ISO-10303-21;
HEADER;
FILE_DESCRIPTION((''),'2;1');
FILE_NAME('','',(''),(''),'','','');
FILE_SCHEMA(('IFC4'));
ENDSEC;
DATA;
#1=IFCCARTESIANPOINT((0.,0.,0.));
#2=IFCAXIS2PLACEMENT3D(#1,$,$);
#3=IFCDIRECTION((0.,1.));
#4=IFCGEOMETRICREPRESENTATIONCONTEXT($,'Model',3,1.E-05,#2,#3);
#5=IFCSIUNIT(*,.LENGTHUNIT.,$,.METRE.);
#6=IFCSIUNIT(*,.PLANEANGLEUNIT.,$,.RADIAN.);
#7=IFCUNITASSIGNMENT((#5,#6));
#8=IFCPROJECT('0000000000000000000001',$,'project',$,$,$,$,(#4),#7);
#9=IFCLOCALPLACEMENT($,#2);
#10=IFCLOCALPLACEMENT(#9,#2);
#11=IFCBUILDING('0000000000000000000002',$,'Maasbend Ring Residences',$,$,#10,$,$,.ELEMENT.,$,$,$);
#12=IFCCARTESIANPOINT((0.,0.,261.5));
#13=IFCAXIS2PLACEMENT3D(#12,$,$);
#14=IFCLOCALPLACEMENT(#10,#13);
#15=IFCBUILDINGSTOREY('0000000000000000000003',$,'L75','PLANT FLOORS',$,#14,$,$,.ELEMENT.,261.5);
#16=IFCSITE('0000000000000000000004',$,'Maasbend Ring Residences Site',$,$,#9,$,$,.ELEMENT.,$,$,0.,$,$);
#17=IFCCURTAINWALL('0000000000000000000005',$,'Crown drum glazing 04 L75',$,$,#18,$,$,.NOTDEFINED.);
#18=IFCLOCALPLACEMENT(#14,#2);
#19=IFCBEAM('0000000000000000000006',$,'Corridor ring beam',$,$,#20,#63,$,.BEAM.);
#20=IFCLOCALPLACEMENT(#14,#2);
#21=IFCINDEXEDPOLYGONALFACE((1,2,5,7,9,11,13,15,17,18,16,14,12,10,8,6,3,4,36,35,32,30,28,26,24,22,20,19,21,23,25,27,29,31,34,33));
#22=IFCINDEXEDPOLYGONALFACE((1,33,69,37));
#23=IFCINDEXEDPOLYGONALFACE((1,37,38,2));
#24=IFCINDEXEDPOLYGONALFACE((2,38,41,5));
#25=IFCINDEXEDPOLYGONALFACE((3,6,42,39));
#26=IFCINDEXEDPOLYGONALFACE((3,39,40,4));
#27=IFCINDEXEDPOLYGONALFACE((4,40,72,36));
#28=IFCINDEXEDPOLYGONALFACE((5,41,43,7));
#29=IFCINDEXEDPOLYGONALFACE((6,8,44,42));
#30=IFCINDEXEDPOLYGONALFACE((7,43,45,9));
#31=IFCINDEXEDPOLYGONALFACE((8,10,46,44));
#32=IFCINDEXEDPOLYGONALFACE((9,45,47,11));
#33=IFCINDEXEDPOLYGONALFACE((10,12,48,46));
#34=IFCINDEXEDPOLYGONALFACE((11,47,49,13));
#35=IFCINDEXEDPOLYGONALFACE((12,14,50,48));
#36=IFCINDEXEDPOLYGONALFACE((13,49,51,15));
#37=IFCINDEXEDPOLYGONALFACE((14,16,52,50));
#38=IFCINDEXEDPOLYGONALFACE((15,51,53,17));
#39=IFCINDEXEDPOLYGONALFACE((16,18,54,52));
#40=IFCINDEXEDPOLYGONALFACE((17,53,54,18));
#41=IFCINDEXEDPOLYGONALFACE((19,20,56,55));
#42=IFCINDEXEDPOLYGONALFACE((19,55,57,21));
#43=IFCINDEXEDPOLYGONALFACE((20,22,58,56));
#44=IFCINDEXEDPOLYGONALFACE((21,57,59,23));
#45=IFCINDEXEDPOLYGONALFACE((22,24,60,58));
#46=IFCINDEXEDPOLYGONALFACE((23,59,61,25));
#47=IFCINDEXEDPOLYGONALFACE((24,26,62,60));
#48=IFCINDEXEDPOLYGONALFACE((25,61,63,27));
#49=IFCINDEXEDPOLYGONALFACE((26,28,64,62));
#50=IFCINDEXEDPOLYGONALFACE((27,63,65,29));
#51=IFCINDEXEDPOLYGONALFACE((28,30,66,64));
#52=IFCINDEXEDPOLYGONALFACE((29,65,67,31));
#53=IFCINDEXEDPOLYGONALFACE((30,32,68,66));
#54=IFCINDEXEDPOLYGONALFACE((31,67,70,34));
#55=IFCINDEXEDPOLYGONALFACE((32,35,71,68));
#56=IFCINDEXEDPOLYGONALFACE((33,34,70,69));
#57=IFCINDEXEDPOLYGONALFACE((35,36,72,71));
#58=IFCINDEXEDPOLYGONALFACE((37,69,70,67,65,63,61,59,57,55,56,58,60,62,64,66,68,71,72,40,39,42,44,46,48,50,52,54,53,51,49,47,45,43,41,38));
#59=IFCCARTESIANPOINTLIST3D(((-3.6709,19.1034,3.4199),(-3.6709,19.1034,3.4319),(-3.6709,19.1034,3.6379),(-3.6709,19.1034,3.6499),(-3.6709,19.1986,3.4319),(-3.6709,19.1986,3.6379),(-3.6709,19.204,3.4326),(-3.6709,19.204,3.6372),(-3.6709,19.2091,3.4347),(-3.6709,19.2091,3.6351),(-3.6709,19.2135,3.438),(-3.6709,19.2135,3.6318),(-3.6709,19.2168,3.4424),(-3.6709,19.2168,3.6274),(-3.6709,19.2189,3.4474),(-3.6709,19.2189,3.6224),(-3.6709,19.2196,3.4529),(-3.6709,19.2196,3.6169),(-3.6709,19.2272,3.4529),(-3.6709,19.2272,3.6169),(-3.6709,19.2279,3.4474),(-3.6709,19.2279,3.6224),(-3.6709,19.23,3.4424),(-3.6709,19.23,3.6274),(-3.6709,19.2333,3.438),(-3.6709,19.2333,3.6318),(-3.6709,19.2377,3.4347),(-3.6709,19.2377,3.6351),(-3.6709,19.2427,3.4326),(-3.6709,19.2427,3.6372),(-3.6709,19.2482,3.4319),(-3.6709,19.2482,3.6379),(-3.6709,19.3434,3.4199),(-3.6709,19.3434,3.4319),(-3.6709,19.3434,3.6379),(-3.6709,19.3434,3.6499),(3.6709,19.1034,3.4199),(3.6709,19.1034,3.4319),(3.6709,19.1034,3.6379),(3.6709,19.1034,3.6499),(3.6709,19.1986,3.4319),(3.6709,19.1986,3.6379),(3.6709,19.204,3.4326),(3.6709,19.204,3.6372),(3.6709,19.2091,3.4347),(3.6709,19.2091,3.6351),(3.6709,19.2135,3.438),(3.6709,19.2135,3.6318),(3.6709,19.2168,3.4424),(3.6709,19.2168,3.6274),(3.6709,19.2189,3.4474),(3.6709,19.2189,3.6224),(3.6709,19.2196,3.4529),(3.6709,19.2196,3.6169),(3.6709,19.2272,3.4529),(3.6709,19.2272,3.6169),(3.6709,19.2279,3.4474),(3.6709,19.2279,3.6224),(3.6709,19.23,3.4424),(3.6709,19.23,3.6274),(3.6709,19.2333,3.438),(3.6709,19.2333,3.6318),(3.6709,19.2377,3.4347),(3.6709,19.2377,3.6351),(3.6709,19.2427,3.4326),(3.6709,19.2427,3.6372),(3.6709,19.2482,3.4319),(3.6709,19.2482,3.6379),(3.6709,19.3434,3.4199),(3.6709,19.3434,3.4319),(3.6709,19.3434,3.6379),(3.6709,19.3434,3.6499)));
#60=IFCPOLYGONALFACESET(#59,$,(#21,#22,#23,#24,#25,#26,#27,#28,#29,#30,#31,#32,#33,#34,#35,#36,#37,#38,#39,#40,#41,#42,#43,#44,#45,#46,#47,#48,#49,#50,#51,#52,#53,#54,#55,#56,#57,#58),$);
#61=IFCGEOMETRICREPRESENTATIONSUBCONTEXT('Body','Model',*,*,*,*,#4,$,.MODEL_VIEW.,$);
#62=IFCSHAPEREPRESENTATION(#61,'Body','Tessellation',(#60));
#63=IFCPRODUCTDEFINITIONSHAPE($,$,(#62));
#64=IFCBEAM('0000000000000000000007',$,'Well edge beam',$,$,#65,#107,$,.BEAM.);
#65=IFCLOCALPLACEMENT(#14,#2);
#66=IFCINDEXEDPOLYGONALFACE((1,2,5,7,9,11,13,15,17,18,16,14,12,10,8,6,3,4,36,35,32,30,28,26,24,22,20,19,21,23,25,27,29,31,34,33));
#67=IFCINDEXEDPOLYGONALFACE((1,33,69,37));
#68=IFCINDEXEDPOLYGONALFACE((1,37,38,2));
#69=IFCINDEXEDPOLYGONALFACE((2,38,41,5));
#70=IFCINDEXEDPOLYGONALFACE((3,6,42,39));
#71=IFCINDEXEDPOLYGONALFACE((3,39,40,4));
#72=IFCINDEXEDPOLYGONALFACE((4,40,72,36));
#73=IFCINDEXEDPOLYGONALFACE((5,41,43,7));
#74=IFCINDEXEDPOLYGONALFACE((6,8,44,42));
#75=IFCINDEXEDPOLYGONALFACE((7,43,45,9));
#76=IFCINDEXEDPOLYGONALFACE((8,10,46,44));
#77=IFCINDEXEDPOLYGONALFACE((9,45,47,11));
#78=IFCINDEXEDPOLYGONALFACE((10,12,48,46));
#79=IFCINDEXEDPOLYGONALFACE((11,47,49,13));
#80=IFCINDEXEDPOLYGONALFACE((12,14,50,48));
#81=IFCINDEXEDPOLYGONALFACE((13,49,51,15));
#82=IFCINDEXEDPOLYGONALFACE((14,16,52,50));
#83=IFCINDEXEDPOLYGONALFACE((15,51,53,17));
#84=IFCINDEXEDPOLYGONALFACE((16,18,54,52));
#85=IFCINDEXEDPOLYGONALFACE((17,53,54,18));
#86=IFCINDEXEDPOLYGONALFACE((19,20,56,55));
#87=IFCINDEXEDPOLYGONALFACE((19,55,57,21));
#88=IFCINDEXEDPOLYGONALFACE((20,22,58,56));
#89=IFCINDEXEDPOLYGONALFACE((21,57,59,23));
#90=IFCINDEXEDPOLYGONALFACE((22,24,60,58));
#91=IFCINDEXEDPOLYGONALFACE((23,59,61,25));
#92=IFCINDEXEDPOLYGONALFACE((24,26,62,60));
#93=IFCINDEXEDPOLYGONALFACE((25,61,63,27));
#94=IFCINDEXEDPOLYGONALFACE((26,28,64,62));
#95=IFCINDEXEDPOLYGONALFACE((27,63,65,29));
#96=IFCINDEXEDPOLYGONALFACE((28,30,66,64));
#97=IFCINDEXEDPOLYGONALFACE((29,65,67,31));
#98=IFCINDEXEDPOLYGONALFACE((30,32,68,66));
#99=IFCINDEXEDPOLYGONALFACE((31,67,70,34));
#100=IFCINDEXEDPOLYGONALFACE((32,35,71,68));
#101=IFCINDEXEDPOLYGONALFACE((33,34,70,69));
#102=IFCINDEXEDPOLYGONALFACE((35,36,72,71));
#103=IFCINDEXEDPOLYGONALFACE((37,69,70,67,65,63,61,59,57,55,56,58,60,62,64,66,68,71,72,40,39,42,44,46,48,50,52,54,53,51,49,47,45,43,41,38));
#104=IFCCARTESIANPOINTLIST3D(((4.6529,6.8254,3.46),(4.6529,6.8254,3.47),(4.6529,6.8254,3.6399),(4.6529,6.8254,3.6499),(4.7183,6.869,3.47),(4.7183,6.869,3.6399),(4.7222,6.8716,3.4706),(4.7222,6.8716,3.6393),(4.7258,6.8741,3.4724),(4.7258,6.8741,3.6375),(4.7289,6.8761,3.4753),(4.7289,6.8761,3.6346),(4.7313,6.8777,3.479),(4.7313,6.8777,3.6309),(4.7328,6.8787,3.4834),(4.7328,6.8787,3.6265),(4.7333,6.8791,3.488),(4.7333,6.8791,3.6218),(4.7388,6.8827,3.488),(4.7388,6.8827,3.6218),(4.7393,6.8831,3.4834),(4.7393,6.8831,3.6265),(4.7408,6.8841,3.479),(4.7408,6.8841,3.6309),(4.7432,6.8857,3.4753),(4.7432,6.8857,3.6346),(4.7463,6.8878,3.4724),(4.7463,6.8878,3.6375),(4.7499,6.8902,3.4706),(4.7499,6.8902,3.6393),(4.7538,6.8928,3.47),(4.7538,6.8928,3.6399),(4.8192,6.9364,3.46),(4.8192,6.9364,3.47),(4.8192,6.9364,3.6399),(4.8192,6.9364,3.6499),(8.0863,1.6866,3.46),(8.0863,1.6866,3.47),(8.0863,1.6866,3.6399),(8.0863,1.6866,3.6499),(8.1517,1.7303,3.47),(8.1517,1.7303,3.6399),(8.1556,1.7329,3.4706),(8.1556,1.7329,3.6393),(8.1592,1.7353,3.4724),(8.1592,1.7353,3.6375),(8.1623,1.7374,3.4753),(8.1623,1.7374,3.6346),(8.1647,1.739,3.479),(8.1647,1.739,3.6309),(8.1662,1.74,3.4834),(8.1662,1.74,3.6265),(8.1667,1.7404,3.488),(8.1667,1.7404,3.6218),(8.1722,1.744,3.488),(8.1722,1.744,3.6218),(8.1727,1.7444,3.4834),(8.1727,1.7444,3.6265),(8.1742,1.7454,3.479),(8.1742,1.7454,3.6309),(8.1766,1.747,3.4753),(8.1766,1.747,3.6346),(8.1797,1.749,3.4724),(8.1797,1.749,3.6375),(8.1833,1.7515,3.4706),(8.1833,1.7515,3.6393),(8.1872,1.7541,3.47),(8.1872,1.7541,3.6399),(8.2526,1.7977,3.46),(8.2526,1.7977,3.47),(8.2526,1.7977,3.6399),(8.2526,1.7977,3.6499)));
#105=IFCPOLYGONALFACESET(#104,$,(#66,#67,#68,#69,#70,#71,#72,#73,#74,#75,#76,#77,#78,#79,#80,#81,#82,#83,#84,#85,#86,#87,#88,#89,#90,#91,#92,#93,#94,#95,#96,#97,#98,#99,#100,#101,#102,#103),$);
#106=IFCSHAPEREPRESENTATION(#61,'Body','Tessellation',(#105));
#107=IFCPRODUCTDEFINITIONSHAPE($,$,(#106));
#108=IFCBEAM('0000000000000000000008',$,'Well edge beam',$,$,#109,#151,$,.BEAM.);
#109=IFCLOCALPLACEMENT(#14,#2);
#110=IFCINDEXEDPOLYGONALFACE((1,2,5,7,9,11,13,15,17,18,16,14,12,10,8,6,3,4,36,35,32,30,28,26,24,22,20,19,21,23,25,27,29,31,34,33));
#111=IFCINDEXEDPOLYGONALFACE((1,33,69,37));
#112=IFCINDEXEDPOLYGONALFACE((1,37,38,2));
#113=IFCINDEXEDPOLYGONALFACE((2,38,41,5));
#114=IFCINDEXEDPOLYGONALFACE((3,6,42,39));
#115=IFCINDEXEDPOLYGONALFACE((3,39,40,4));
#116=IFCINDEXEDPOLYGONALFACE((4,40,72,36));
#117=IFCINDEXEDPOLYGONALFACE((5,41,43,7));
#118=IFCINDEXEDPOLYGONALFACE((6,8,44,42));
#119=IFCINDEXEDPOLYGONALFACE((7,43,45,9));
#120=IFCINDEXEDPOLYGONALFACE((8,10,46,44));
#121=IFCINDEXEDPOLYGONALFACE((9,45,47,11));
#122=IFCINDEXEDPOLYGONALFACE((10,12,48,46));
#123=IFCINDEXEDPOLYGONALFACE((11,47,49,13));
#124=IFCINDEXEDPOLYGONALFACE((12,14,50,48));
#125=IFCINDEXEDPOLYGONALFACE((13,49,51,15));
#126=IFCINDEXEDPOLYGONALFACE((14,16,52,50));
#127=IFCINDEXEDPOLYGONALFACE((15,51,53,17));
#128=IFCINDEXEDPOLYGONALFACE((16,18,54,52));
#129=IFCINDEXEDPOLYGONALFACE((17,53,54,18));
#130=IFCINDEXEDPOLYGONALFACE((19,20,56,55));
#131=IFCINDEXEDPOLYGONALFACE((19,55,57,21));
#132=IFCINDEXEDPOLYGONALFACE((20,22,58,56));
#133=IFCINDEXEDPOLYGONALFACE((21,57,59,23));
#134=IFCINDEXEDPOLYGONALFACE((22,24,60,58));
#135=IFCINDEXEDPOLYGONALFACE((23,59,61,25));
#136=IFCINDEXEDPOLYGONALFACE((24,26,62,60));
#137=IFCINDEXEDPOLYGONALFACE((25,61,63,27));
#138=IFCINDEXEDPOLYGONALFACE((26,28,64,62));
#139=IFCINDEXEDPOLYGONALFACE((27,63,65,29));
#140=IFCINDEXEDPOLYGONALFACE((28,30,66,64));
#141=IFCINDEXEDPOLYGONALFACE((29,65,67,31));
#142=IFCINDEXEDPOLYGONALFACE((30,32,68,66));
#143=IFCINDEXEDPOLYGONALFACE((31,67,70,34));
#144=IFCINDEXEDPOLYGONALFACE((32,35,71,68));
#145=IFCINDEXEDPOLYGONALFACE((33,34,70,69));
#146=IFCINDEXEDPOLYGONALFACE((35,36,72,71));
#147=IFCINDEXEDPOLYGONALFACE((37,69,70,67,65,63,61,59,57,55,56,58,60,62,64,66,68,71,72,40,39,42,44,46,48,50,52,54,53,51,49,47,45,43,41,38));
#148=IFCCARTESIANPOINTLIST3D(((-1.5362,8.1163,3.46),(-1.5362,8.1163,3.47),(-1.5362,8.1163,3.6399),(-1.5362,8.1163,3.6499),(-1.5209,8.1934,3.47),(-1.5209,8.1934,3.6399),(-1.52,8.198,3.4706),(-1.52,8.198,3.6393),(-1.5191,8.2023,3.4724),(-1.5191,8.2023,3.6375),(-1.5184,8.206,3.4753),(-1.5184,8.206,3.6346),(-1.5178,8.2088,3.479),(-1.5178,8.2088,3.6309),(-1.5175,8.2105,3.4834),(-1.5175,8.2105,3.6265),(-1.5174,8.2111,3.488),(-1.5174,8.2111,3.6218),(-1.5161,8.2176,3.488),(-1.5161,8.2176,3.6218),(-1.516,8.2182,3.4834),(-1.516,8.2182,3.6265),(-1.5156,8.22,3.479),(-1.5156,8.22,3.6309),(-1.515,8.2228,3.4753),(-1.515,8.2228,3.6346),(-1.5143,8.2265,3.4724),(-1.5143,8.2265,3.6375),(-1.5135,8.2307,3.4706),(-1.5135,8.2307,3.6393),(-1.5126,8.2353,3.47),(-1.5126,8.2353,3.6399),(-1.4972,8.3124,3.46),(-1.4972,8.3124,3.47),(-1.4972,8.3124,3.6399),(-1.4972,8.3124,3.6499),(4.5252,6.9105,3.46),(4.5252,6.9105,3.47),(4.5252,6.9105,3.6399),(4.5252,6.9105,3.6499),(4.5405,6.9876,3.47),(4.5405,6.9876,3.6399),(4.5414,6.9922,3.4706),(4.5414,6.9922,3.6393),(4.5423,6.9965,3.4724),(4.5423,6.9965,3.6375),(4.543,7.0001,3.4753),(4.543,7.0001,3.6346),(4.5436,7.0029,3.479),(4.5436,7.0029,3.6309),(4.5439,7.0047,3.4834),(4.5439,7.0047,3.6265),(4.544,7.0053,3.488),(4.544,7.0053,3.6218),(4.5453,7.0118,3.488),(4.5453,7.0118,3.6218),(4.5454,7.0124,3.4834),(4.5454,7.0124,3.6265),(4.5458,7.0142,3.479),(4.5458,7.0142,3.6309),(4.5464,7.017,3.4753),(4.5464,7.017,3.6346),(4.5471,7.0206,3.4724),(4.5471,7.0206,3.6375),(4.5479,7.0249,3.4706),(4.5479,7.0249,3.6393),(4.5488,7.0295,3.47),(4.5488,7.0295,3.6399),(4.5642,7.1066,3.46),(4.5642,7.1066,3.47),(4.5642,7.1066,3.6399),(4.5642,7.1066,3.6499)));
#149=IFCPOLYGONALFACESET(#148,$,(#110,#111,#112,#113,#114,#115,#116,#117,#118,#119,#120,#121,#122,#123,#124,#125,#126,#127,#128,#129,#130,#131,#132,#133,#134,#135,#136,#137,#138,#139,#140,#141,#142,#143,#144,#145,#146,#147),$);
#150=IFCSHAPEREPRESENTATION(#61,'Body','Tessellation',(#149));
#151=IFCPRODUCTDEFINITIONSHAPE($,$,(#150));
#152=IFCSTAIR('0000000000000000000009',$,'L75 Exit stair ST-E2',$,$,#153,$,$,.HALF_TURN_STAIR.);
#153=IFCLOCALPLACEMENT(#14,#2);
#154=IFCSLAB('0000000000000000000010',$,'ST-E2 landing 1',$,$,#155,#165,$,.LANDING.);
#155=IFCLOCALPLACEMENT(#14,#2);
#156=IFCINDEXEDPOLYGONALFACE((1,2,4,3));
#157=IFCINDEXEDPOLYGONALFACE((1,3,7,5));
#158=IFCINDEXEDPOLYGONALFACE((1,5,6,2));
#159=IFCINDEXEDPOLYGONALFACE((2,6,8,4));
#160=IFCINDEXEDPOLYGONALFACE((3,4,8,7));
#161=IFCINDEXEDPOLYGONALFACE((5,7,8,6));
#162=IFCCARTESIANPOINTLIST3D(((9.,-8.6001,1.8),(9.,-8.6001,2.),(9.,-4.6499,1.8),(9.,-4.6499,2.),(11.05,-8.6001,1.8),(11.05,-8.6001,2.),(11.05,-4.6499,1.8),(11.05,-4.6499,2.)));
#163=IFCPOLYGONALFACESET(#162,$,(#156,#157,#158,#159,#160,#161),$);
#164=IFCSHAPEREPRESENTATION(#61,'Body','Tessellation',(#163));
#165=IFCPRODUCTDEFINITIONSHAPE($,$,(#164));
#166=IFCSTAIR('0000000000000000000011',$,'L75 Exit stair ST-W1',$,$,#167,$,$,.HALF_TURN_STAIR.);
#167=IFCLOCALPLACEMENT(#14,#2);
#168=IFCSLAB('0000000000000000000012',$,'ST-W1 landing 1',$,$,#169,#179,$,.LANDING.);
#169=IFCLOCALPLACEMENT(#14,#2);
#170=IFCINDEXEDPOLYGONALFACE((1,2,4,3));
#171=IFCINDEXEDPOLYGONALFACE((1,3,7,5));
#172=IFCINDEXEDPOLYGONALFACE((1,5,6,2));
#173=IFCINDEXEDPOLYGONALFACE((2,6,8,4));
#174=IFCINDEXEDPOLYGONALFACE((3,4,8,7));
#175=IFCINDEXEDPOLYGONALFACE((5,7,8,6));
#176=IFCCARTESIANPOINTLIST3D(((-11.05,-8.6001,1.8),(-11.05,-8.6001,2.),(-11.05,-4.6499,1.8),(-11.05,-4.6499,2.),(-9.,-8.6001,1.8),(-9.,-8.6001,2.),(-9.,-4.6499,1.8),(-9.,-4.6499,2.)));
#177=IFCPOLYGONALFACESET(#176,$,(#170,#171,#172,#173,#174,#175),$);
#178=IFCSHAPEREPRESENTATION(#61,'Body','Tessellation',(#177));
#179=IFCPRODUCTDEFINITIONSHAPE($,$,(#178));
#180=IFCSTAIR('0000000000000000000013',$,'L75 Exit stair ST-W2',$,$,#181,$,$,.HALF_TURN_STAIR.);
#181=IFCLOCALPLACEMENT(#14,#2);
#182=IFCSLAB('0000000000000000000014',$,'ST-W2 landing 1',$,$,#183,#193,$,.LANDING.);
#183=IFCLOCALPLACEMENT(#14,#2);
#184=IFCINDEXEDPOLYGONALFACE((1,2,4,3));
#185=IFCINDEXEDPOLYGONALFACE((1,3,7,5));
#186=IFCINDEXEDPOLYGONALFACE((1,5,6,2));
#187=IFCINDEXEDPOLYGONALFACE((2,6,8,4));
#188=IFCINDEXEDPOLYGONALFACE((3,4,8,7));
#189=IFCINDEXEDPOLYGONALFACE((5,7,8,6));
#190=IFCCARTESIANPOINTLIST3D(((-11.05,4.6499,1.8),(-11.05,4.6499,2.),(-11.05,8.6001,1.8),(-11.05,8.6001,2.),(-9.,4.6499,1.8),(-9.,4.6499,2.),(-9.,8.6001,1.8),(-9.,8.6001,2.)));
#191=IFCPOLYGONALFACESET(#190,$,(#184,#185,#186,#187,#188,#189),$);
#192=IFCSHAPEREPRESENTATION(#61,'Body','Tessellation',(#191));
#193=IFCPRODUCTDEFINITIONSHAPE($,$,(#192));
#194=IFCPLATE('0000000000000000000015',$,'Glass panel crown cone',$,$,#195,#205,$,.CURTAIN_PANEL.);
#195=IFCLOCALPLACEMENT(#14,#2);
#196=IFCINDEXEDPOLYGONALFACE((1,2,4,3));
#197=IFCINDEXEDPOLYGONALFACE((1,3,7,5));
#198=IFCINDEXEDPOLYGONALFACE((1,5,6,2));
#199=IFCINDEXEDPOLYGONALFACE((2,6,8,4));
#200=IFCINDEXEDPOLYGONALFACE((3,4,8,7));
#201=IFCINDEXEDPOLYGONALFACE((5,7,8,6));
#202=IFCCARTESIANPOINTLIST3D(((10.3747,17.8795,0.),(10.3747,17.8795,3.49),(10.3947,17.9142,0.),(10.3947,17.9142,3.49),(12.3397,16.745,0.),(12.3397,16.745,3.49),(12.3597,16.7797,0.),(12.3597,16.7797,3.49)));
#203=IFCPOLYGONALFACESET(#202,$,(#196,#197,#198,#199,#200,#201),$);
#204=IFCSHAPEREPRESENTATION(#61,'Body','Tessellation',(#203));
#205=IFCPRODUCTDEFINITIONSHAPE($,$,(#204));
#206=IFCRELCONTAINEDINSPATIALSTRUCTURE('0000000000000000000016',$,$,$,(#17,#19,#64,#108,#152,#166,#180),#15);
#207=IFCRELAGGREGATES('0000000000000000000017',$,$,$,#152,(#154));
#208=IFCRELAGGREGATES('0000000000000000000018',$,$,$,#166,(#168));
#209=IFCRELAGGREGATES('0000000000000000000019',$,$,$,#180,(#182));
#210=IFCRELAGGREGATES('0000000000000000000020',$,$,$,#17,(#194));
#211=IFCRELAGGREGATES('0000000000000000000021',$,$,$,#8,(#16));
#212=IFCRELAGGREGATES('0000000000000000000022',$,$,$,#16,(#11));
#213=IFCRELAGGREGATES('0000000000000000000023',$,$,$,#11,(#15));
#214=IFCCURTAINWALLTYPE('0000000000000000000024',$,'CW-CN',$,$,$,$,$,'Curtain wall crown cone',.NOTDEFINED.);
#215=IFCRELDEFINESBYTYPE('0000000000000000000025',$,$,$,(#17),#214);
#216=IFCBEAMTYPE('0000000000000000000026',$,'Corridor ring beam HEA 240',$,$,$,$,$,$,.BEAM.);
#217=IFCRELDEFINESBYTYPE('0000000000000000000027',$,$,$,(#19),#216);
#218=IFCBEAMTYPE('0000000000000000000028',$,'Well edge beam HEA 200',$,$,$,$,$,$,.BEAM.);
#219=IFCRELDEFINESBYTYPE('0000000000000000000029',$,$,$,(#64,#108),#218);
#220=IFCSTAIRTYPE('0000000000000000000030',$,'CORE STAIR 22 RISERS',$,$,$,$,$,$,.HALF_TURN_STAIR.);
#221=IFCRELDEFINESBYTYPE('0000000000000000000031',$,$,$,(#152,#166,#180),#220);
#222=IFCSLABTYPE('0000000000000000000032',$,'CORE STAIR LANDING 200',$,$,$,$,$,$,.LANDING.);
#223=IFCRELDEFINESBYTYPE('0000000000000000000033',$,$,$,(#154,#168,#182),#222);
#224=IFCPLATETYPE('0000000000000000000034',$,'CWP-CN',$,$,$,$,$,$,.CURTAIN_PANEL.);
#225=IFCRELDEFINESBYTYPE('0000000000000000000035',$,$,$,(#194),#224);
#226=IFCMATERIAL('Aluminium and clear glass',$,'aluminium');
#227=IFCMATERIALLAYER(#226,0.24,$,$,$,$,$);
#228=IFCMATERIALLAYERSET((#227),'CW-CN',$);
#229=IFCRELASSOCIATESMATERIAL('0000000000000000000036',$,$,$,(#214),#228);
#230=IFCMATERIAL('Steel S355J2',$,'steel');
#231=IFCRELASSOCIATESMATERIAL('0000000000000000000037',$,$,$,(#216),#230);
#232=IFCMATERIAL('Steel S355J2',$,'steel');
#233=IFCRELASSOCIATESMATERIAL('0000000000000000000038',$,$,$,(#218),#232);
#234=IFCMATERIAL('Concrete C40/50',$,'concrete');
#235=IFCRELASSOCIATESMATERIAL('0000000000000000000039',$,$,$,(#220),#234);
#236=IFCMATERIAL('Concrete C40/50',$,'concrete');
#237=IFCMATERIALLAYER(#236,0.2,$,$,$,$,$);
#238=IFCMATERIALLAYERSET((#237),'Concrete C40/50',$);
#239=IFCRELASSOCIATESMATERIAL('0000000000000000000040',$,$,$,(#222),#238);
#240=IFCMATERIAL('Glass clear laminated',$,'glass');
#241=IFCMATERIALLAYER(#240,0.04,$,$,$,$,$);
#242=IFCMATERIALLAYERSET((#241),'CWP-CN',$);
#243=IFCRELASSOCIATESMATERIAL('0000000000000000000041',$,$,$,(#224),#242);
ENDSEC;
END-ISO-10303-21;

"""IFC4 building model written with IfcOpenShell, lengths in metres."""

from ifc_helpers import new_model, si_unit, direction, frame, origin, origin_2d, place, context, subcontext, project, spatial, polyline, rectangle, i_section, outline, extrude, material, layer, layer_set, material_profile, profile_set, type_object, element, aggregate, save


model = new_model("IFC4")

# Units and contexts
model_context = context("Model", 3, precision=1e-05, world=origin(), true_north=direction((0.0, 1.0)))
body_context = subcontext(model_context, "Body", "Model", "MODEL_VIEW")
ifc_project = project(units=[si_unit("LENGTHUNIT", "METRE"), si_unit("PLANEANGLEUNIT", "RADIAN")], contexts=[model_context])

# Site, building, storey
site_placement = place(None, origin())
site = spatial("IfcSite", under=ifc_project, at=site_placement, Name="Maasbend Ring Residences Site", CompositionType="ELEMENT", RefElevation=0.0)
building_placement = place(site_placement, origin())
building = spatial("IfcBuilding", under=site, at=building_placement, Name="Maasbend Ring Residences", CompositionType="ELEMENT")
storey_placement = place(building_placement, frame((0.0, 0.0, 261.5)))
storey = spatial("IfcBuildingStorey", under=building, at=storey_placement, Name="L75", Description="PLANT FLOORS", CompositionType="ELEMENT", Elevation=261.5)

# Curtain wall
ifc_material_1 = material(Name="Aluminium and clear glass", Category="aluminium")
ifc_layer_1 = layer(ifc_material_1, 0.24)
ifc_layer_set_1 = layer_set([ifc_layer_1], Name="CW-CN")
curtain_wall_type = type_object("IfcCurtainWallType", Name="CW-CN", ElementType="Curtain wall crown cone", PredefinedType="NOTDEFINED", material=ifc_layer_set_1)
curtain_wall_1_placement = place(storey_placement, origin())
curtain_wall_1 = element("IfcCurtainWall", 1, at=curtain_wall_1_placement, inside=storey, type_object=curtain_wall_type, Name="Crown drum glazing 04 L75", PredefinedType="NOTDEFINED")

# Beams
ifc_material_2 = material(Name="Steel S355J2", Category="steel")
ifc_material_profile_1 = material_profile(ifc_material_2, i_section(OverallWidth=0.24, OverallDepth=0.23, WebThickness=0.0076, FlangeThickness=0.012, FilletRadius=0.021, at=origin_2d()), Name="HEA 240")
ifc_profile_set_1 = profile_set([ifc_material_profile_1], Name="Steel S355J2")
beam_type_1 = type_object("IfcBeamType", Name="Corridor ring beam HEA 240", PredefinedType="BEAM", material=ifc_profile_set_1)
beam_1_placement = place(storey_placement, frame((3.6709, 19.2234, 3.5349), z_axis=(-1.0, 0.0, 0.0), x_axis=(0.0, -1.0, 0.0)))
element("IfcBeam", 2, at=beam_1_placement, inside=storey, type_object=beam_type_1, Name="Corridor ring beam", PredefinedType="BEAM", context=body_context, shape_type="SweptSolid", body=[
    extrude(i_section(OverallWidth=0.24, OverallDepth=0.23, WebThickness=0.0076, FlangeThickness=0.012, FilletRadius=0.021, at=origin_2d()), origin(), (0.0, 0.0, 1.0), 7.3418),
])
ifc_material_3 = material(Name="Steel S355J2", Category="steel")
ifc_material_profile_2 = material_profile(ifc_material_3, i_section(OverallWidth=0.2, OverallDepth=0.1899, WebThickness=0.0066, FlangeThickness=0.01, FilletRadius=0.0181, at=origin_2d()), Name="HEA 200")
ifc_profile_set_2 = profile_set([ifc_material_profile_2], Name="Steel S355J2")
beam_type_2 = type_object("IfcBeamType", Name="Well edge beam HEA 200", PredefinedType="BEAM", material=ifc_profile_set_2)
for number, where, z_axis, x_axis, name in (
    (3, (8.1694, 1.7422, 3.5549), (-0.555548, 0.831485, 0.0), (-0.831485, -0.555548, 0.0), "Well edge beam"),
    (4, (4.5447, 7.0085, 3.5549), (-0.980781, 0.195113, 0.0), (-0.195113, -0.980781, 0.0), "Well edge beam"),
):
    element("IfcBeam", number, at=place(storey_placement, frame(where, z_axis=z_axis, x_axis=x_axis)), inside=storey, type_object=beam_type_2, Name=name, PredefinedType="BEAM", context=body_context, shape_type="SweptSolid", body=[
        extrude(i_section(OverallWidth=0.2, OverallDepth=0.1899, WebThickness=0.0066, FlangeThickness=0.01, FilletRadius=0.0181, at=origin_2d()), origin(), (0.0, 0.0, 1.0), 6.1802),
    ])

# Stairs, slabs
ifc_material_4 = material(Name="Concrete C40/50", Category="concrete")
stair_type = type_object("IfcStairType", Name="CORE STAIR 22 RISERS", PredefinedType="HALF_TURN_STAIR", material=ifc_material_4)
stair_1_placement = place(storey_placement, origin())
stair_1 = element("IfcStair", 5, at=stair_1_placement, inside=storey, type_object=stair_type, Name="L75 Exit stair ST-E2", PredefinedType="HALF_TURN_STAIR")
ifc_material_5 = material(Name="Concrete C40/50", Category="concrete")
ifc_layer_2 = layer(ifc_material_5, 0.2)
ifc_layer_set_2 = layer_set([ifc_layer_2], Name="Concrete C40/50")
slab_type = type_object("IfcSlabType", Name="CORE STAIR LANDING 200", PredefinedType="LANDING", material=ifc_layer_set_2)
slab_1_placement = place(storey_placement, frame((0.0, 0.0, 1.8)))
slab_1 = element("IfcSlab", 6, at=slab_1_placement, type_object=slab_type, Name="ST-E2 landing 1", PredefinedType="LANDING", context=body_context, shape_type="SweptSolid", body=[
    extrude(outline(polyline([(11.05, -4.6499), (9.0, -4.6499), (9.0, -8.6001), (11.05, -8.6001), (11.05, -4.6499)])), origin(), (0.0, 0.0, 1.0), 0.2),
])
aggregate(stair_1, [slab_1])
stair_2_placement = place(storey_placement, origin())
stair_2 = element("IfcStair", 7, at=stair_2_placement, inside=storey, type_object=stair_type, Name="L75 Exit stair ST-W1", PredefinedType="HALF_TURN_STAIR")
slab_2_placement = place(storey_placement, frame((0.0, 0.0, 1.8)))
slab_2 = element("IfcSlab", 8, at=slab_2_placement, type_object=slab_type, Name="ST-W1 landing 1", PredefinedType="LANDING", context=body_context, shape_type="SweptSolid", body=[
    extrude(outline(polyline([(-11.05, -8.6001), (-9.0, -8.6001), (-9.0, -4.6499), (-11.05, -4.6499), (-11.05, -8.6001)])), origin(), (0.0, 0.0, 1.0), 0.2),
])
aggregate(stair_2, [slab_2])
stair_3_placement = place(storey_placement, origin())
stair_3 = element("IfcStair", 9, at=stair_3_placement, inside=storey, type_object=stair_type, Name="L75 Exit stair ST-W2", PredefinedType="HALF_TURN_STAIR")
slab_3_placement = place(storey_placement, frame((0.0, 0.0, 1.8)))
slab_3 = element("IfcSlab", 10, at=slab_3_placement, type_object=slab_type, Name="ST-W2 landing 1", PredefinedType="LANDING", context=body_context, shape_type="SweptSolid", body=[
    extrude(outline(polyline([(-11.05, 4.6499), (-9.0, 4.6499), (-9.0, 8.6001), (-11.05, 8.6001), (-11.05, 4.6499)])), origin(), (0.0, 0.0, 1.0), 0.2),
])
aggregate(stair_3, [slab_3])

# Plate
ifc_material_6 = material(Name="Glass clear laminated", Category="glass")
ifc_layer_3 = layer(ifc_material_6, 0.04)
ifc_layer_set_3 = layer_set([ifc_layer_3], Name="CWP-CN")
plate_type = type_object("IfcPlateType", Name="CWP-CN", PredefinedType="CURTAIN_PANEL", material=ifc_layer_set_3)
plate_1_placement = place(storey_placement, frame((11.3672, 17.3296, 0.0), z_axis=(0.0, 0.0, 1.0), x_axis=(-0.866025, 0.5, 0.0)))
plate_1 = element("IfcPlate", 11, at=plate_1_placement, type_object=plate_type, Name="Glass panel crown cone", PredefinedType="CURTAIN_PANEL", context=body_context, shape_type="SweptSolid", body=[
    extrude(rectangle(XDim=2.269, YDim=0.04, at=origin_2d()), origin(), (0.0, 0.0, 1.0), 3.49),
])
aggregate(curtain_wall_1, [plate_1])

save(model, "model.ifc")
